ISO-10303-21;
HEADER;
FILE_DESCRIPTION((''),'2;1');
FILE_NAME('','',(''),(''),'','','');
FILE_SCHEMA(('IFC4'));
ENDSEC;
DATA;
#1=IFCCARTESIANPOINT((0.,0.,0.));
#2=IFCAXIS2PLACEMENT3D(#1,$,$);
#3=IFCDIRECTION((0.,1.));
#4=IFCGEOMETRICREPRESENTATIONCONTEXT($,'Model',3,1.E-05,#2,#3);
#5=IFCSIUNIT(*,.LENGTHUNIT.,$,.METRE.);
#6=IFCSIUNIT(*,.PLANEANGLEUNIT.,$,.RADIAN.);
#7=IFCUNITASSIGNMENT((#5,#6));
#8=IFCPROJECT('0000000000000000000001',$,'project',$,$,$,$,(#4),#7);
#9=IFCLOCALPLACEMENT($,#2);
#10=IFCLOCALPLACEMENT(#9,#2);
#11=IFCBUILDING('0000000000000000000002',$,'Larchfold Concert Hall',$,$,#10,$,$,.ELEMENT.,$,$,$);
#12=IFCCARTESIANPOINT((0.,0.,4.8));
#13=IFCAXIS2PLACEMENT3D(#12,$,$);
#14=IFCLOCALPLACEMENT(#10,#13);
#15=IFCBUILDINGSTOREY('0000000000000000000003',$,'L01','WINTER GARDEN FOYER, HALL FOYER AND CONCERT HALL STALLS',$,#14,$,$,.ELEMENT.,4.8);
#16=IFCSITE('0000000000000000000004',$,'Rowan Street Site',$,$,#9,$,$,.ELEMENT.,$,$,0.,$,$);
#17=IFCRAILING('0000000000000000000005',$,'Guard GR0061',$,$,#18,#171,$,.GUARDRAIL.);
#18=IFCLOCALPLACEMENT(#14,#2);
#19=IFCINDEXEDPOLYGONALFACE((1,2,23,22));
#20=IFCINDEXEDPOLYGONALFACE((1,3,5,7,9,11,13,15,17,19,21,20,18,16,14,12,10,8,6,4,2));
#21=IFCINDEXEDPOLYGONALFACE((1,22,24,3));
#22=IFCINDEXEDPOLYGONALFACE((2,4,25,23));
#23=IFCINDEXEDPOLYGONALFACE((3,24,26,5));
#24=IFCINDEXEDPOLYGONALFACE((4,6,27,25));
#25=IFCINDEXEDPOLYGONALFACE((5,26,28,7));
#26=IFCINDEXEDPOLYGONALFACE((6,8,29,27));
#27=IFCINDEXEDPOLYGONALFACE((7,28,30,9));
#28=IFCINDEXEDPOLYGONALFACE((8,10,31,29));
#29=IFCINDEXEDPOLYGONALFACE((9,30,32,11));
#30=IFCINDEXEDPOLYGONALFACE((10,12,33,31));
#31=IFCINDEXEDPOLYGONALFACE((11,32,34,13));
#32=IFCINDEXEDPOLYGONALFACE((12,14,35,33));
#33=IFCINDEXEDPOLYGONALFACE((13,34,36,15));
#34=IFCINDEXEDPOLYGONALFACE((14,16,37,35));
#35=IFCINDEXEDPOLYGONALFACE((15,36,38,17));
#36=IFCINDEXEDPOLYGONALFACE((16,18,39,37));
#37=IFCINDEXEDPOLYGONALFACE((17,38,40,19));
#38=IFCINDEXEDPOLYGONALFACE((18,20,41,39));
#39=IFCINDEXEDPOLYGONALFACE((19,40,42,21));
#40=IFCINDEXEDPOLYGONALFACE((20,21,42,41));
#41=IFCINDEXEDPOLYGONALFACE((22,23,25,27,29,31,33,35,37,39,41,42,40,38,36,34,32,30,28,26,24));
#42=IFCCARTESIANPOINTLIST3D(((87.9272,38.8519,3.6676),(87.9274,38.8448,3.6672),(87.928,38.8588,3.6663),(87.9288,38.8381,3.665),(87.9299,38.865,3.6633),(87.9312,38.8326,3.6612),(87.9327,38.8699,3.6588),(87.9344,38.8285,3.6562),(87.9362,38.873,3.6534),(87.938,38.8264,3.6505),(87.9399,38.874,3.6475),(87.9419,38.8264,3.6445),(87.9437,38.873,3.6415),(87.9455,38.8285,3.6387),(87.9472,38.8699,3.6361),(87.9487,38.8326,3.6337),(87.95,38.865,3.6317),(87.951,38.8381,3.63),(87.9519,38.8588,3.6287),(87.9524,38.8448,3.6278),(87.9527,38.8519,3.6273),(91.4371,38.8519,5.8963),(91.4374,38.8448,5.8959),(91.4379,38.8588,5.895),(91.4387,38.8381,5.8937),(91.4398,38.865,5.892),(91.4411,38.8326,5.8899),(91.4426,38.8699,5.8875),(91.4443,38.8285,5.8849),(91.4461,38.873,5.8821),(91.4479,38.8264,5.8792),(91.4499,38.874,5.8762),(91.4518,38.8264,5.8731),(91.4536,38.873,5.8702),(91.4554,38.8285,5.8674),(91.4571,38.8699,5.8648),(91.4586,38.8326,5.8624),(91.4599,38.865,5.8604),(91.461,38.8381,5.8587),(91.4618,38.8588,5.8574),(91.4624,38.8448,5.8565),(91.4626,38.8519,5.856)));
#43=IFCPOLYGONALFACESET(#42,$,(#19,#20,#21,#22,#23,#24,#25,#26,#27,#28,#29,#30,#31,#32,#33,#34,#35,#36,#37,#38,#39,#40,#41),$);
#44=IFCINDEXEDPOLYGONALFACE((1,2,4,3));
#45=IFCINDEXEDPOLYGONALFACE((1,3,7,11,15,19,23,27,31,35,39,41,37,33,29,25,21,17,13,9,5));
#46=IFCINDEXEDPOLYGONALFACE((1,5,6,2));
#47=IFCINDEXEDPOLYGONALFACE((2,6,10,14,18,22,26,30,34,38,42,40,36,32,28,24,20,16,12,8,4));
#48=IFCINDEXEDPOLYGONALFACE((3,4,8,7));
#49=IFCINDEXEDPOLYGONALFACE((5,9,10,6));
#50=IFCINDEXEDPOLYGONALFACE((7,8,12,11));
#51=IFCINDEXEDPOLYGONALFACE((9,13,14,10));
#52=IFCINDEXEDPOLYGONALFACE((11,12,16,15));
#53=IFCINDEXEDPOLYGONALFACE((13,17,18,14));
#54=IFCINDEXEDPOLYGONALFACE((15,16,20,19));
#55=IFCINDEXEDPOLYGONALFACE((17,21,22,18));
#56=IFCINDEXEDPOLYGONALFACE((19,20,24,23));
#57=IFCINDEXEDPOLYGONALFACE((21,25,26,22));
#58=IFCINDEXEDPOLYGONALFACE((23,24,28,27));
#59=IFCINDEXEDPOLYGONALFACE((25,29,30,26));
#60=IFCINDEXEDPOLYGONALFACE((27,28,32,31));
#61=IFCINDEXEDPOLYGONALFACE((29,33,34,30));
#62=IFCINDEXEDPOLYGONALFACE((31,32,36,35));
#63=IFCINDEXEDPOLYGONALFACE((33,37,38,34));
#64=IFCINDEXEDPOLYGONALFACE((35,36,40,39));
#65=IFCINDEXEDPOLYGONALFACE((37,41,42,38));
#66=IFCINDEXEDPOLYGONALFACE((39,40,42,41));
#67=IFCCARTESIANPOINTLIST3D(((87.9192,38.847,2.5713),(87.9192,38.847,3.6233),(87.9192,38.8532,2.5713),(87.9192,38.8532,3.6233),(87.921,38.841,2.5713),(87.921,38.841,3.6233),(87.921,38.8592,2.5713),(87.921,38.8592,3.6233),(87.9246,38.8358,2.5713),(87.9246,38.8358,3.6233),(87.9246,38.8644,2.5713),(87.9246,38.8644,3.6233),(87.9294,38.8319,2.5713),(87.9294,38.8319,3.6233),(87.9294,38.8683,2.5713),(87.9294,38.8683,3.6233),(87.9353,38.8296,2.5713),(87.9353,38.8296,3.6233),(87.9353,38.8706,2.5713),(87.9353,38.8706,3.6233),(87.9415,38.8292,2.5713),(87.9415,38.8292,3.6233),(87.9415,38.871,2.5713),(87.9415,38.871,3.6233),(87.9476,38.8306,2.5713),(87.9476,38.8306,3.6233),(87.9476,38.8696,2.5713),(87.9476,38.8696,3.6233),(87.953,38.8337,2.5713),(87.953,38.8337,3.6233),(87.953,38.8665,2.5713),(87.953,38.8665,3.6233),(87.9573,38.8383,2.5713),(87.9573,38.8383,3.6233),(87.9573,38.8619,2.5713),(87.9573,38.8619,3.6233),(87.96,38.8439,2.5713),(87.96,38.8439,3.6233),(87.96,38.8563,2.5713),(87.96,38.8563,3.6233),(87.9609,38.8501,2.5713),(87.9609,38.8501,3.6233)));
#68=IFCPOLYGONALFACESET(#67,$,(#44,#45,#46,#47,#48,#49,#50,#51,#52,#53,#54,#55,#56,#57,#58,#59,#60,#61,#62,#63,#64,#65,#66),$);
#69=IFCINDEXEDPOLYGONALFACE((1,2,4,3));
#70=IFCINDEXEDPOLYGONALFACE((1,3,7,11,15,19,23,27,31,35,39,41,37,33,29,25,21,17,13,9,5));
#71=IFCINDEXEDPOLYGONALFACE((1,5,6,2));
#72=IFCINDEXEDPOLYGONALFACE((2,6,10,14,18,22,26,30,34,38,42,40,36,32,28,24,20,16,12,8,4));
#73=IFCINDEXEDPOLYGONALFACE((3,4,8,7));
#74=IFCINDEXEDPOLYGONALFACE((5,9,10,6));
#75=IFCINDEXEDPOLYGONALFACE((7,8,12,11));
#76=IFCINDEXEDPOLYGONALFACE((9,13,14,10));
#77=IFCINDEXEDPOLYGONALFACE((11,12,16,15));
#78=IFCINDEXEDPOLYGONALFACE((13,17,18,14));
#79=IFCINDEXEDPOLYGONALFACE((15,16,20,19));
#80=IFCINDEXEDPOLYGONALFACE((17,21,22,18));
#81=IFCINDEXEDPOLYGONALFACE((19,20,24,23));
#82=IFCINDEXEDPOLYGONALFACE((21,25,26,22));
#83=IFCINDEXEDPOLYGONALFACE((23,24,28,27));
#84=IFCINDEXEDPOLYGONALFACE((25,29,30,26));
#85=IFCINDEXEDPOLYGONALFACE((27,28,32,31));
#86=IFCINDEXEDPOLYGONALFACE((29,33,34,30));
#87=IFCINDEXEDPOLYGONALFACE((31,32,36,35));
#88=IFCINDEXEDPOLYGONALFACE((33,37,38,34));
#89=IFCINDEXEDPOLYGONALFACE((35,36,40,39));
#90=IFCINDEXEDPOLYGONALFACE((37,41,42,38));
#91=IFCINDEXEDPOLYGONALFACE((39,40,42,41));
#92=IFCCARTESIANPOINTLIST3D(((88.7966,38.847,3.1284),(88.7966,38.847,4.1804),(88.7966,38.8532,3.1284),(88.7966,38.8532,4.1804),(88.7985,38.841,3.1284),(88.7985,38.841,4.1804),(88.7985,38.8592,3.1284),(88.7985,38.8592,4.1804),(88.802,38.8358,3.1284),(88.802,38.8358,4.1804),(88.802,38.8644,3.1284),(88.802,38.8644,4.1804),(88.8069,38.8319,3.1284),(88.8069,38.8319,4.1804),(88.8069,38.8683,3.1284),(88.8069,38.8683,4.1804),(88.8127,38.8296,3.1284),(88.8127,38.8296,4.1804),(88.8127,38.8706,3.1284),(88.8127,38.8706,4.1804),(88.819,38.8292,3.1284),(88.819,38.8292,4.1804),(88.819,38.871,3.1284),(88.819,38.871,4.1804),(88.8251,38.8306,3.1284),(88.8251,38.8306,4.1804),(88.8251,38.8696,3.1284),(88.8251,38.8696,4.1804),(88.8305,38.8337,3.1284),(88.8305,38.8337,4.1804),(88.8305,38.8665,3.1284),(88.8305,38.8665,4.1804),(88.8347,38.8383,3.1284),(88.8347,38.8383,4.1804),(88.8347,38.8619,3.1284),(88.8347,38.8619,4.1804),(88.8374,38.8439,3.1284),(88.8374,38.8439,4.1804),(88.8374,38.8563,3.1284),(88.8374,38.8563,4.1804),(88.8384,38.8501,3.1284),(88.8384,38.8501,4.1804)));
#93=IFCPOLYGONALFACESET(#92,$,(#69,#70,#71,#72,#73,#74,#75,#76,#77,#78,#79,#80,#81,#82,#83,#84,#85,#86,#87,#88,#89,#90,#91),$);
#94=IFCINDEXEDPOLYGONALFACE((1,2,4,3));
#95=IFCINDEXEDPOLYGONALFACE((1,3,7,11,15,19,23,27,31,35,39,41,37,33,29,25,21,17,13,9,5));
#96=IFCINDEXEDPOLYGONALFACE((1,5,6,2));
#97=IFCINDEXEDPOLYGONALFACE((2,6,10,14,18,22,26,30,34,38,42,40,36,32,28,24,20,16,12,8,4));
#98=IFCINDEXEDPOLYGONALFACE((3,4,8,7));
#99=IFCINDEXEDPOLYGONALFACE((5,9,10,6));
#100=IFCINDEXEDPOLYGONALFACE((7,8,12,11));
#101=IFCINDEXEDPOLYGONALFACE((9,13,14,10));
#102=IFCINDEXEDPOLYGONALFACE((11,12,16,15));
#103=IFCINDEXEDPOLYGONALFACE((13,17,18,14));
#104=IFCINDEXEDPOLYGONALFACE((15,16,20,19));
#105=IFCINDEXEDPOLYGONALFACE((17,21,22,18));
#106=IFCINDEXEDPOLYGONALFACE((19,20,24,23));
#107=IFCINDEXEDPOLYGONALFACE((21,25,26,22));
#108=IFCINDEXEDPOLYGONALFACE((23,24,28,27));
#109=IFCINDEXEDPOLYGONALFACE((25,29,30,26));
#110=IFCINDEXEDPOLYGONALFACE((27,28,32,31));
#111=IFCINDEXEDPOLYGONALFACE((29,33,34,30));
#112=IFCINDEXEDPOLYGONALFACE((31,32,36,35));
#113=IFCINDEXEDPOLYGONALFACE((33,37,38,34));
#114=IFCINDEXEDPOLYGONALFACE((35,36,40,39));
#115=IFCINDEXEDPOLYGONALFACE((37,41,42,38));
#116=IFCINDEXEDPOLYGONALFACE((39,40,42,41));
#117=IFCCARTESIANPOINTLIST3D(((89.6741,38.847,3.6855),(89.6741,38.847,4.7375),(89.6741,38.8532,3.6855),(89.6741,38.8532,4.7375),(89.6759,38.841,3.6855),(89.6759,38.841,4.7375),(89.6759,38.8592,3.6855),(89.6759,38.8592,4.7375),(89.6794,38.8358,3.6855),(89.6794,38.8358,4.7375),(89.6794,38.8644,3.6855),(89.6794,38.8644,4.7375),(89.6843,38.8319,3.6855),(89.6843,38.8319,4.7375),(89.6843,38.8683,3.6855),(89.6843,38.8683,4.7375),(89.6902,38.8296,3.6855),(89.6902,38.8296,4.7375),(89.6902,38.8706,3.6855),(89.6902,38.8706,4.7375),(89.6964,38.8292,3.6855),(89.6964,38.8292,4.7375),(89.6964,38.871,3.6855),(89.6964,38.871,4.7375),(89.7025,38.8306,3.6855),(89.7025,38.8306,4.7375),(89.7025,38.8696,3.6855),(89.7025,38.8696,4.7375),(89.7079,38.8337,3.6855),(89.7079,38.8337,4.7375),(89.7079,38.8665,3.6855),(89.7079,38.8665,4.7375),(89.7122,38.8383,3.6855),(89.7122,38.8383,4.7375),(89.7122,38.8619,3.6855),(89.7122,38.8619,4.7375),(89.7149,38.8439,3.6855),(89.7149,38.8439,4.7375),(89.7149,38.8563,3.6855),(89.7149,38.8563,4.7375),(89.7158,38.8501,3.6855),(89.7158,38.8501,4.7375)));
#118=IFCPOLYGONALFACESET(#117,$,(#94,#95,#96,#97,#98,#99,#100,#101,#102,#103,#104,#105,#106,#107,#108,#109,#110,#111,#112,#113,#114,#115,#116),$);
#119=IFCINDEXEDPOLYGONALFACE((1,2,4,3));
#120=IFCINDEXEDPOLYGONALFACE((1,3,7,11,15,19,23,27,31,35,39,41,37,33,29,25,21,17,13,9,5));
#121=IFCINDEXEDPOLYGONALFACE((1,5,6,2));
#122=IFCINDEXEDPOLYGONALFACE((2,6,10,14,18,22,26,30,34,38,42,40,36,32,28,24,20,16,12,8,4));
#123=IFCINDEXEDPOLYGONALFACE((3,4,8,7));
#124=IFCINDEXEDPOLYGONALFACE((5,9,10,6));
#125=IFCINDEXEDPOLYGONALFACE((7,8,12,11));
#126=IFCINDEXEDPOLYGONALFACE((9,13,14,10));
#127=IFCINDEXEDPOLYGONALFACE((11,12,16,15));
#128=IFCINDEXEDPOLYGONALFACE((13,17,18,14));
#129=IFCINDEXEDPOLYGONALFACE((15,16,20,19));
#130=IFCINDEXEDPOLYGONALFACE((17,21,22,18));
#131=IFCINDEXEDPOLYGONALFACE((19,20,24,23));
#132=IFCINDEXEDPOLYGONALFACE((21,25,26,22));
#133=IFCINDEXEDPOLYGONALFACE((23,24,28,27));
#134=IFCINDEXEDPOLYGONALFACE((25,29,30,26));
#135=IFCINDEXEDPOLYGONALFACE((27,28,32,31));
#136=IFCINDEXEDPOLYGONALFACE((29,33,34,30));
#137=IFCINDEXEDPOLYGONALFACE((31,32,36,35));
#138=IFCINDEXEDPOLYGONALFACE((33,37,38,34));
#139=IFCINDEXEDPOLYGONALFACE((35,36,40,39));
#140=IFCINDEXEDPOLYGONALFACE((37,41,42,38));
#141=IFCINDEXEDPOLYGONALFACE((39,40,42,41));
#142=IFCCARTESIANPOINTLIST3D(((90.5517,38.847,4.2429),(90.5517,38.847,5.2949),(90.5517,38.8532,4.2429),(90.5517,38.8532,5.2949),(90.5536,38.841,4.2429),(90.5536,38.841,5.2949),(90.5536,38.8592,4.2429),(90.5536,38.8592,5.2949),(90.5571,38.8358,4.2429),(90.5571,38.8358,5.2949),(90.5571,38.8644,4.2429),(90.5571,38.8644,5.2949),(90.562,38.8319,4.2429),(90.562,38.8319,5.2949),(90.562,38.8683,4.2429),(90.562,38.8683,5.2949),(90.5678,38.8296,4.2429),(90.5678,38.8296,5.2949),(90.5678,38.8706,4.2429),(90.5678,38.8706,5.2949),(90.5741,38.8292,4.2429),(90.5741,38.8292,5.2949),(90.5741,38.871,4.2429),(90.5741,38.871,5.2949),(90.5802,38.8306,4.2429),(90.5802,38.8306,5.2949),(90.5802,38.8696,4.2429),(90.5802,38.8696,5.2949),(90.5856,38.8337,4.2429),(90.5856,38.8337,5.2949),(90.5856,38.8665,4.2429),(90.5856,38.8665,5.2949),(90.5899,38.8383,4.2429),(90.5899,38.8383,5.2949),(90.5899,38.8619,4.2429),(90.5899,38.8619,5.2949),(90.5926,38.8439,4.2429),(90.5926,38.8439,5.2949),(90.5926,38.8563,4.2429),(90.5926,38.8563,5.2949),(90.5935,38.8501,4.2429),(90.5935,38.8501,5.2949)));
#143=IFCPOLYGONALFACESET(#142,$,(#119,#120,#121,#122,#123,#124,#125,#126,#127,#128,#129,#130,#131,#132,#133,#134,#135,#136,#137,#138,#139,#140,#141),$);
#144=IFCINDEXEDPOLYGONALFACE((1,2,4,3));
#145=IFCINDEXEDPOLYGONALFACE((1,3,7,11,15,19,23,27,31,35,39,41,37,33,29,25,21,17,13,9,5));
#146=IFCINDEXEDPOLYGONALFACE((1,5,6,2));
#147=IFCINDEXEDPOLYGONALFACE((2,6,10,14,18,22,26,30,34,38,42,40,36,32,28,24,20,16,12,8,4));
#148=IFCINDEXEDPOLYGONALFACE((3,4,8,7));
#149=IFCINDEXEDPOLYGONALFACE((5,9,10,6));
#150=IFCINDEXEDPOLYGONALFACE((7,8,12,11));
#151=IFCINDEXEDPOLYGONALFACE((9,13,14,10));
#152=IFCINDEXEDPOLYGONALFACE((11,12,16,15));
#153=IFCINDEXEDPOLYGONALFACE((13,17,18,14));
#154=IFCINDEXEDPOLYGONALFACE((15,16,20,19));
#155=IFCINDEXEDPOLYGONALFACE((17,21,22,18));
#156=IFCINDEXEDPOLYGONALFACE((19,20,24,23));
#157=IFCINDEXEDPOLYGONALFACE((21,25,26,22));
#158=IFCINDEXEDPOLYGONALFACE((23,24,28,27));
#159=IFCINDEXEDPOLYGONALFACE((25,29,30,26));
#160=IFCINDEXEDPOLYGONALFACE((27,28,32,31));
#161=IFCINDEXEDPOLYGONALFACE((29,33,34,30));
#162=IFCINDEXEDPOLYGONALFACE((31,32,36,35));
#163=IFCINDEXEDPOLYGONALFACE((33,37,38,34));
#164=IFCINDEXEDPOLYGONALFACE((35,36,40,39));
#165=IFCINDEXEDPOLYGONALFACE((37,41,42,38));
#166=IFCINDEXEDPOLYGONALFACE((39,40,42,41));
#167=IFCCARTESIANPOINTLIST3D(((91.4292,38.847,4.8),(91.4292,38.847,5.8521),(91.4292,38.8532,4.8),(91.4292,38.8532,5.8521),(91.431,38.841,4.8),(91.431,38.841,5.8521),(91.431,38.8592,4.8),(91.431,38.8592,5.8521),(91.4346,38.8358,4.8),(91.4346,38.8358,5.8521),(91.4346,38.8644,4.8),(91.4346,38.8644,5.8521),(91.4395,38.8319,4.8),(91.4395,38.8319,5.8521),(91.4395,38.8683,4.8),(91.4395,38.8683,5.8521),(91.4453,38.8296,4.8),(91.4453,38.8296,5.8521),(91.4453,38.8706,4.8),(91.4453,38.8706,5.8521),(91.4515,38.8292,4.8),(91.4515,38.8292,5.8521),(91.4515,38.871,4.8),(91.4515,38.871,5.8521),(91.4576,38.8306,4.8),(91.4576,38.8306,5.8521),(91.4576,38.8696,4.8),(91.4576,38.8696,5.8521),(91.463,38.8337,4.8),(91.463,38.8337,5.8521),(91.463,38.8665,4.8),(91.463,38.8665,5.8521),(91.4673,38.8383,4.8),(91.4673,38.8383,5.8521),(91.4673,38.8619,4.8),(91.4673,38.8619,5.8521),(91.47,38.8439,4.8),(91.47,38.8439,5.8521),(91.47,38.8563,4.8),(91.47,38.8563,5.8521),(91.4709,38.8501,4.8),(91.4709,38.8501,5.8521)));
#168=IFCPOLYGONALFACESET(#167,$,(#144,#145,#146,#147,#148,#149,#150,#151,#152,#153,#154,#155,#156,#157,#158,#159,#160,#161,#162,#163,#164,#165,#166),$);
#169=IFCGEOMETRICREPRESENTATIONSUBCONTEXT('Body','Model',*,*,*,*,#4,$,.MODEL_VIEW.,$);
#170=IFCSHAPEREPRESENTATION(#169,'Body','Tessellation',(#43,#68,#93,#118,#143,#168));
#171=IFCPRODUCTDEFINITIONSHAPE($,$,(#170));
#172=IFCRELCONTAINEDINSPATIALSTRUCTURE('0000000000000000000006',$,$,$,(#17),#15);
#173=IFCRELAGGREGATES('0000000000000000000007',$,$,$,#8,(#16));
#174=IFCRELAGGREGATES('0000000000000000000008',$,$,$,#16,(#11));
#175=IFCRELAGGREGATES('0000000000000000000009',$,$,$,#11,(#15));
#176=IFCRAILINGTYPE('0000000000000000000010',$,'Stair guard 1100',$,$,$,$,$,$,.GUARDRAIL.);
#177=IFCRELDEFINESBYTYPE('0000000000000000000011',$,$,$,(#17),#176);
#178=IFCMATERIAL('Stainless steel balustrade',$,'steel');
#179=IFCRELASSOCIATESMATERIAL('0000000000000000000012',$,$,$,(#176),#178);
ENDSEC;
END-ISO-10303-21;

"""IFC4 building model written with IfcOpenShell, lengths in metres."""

from ifc_helpers import new_model, si_unit, direction, frame, origin, origin_2d, place, context, subcontext, project, spatial, circle, extrude, material, type_object, element, save


model = new_model("IFC4")

# Units and contexts
model_context = context("Model", 3, precision=1e-05, world=origin(), true_north=direction((0.0, 1.0)))
body_context = subcontext(model_context, "Body", "Model", "MODEL_VIEW")
ifc_project = project(units=[si_unit("LENGTHUNIT", "METRE"), si_unit("PLANEANGLEUNIT", "RADIAN")], contexts=[model_context])

# Site, building, storey
site_placement = place(None, origin())
site = spatial("IfcSite", under=ifc_project, at=site_placement, Name="Rowan Street Site", CompositionType="ELEMENT", RefElevation=0.0)
building_placement = place(site_placement, origin())
building = spatial("IfcBuilding", under=site, at=building_placement, Name="Larchfold Concert Hall", CompositionType="ELEMENT")
storey_placement = place(building_placement, frame((0.0, 0.0, 4.8)))
storey = spatial("IfcBuildingStorey", under=building, at=storey_placement, Name="L01", Description="WINTER GARDEN FOYER, HALL FOYER AND CONCERT HALL STALLS", CompositionType="ELEMENT", Elevation=4.8)

# Railing
ifc_material_1 = material(Name="Stainless steel balustrade", Category="steel")
railing_type_1 = type_object("IfcRailingType", Name="Stair guard 1100", PredefinedType="GUARDRAIL", material=ifc_material_1)
railing_1_placement = place(storey_placement, frame((87.9399, 38.8501, 2.5713)))
element("IfcRailing", 1, at=railing_1_placement, inside=storey, type_object=railing_type_1, Name="Guard GR0061", PredefinedType="GUARDRAIL", context=body_context, shape_type="SweptSolid", body=[
    extrude(circle(Radius=0.0239, at=origin_2d()), frame((0.0, 0.0, 1.0762), z_axis=(0.844193, 0.0, 0.536039), x_axis=(0.0, 1.0, 0.0)), (0.0, 0.0, 1.0), 4.1577),
    extrude(circle(Radius=0.021, at=origin_2d()), origin(), (0.0, 0.0, 1.0), 1.052),
    extrude(circle(Radius=0.021, at=origin_2d()), frame((0.8774, 0.0, 0.5571)), (0.0, 0.0, 1.0), 1.052),
    extrude(circle(Radius=0.021, at=origin_2d()), frame((1.7549, 0.0, 1.1143)), (0.0, 0.0, 1.0), 1.052),
    extrude(circle(Radius=0.021, at=origin_2d()), frame((2.6326, 0.0, 1.6716)), (0.0, 0.0, 1.0), 1.052),
    extrude(circle(Radius=0.021, at=origin_2d()), frame((3.51, 0.0, 2.2288)), (0.0, 0.0, 1.0), 1.052),
])

save(model, "model.ifc")
